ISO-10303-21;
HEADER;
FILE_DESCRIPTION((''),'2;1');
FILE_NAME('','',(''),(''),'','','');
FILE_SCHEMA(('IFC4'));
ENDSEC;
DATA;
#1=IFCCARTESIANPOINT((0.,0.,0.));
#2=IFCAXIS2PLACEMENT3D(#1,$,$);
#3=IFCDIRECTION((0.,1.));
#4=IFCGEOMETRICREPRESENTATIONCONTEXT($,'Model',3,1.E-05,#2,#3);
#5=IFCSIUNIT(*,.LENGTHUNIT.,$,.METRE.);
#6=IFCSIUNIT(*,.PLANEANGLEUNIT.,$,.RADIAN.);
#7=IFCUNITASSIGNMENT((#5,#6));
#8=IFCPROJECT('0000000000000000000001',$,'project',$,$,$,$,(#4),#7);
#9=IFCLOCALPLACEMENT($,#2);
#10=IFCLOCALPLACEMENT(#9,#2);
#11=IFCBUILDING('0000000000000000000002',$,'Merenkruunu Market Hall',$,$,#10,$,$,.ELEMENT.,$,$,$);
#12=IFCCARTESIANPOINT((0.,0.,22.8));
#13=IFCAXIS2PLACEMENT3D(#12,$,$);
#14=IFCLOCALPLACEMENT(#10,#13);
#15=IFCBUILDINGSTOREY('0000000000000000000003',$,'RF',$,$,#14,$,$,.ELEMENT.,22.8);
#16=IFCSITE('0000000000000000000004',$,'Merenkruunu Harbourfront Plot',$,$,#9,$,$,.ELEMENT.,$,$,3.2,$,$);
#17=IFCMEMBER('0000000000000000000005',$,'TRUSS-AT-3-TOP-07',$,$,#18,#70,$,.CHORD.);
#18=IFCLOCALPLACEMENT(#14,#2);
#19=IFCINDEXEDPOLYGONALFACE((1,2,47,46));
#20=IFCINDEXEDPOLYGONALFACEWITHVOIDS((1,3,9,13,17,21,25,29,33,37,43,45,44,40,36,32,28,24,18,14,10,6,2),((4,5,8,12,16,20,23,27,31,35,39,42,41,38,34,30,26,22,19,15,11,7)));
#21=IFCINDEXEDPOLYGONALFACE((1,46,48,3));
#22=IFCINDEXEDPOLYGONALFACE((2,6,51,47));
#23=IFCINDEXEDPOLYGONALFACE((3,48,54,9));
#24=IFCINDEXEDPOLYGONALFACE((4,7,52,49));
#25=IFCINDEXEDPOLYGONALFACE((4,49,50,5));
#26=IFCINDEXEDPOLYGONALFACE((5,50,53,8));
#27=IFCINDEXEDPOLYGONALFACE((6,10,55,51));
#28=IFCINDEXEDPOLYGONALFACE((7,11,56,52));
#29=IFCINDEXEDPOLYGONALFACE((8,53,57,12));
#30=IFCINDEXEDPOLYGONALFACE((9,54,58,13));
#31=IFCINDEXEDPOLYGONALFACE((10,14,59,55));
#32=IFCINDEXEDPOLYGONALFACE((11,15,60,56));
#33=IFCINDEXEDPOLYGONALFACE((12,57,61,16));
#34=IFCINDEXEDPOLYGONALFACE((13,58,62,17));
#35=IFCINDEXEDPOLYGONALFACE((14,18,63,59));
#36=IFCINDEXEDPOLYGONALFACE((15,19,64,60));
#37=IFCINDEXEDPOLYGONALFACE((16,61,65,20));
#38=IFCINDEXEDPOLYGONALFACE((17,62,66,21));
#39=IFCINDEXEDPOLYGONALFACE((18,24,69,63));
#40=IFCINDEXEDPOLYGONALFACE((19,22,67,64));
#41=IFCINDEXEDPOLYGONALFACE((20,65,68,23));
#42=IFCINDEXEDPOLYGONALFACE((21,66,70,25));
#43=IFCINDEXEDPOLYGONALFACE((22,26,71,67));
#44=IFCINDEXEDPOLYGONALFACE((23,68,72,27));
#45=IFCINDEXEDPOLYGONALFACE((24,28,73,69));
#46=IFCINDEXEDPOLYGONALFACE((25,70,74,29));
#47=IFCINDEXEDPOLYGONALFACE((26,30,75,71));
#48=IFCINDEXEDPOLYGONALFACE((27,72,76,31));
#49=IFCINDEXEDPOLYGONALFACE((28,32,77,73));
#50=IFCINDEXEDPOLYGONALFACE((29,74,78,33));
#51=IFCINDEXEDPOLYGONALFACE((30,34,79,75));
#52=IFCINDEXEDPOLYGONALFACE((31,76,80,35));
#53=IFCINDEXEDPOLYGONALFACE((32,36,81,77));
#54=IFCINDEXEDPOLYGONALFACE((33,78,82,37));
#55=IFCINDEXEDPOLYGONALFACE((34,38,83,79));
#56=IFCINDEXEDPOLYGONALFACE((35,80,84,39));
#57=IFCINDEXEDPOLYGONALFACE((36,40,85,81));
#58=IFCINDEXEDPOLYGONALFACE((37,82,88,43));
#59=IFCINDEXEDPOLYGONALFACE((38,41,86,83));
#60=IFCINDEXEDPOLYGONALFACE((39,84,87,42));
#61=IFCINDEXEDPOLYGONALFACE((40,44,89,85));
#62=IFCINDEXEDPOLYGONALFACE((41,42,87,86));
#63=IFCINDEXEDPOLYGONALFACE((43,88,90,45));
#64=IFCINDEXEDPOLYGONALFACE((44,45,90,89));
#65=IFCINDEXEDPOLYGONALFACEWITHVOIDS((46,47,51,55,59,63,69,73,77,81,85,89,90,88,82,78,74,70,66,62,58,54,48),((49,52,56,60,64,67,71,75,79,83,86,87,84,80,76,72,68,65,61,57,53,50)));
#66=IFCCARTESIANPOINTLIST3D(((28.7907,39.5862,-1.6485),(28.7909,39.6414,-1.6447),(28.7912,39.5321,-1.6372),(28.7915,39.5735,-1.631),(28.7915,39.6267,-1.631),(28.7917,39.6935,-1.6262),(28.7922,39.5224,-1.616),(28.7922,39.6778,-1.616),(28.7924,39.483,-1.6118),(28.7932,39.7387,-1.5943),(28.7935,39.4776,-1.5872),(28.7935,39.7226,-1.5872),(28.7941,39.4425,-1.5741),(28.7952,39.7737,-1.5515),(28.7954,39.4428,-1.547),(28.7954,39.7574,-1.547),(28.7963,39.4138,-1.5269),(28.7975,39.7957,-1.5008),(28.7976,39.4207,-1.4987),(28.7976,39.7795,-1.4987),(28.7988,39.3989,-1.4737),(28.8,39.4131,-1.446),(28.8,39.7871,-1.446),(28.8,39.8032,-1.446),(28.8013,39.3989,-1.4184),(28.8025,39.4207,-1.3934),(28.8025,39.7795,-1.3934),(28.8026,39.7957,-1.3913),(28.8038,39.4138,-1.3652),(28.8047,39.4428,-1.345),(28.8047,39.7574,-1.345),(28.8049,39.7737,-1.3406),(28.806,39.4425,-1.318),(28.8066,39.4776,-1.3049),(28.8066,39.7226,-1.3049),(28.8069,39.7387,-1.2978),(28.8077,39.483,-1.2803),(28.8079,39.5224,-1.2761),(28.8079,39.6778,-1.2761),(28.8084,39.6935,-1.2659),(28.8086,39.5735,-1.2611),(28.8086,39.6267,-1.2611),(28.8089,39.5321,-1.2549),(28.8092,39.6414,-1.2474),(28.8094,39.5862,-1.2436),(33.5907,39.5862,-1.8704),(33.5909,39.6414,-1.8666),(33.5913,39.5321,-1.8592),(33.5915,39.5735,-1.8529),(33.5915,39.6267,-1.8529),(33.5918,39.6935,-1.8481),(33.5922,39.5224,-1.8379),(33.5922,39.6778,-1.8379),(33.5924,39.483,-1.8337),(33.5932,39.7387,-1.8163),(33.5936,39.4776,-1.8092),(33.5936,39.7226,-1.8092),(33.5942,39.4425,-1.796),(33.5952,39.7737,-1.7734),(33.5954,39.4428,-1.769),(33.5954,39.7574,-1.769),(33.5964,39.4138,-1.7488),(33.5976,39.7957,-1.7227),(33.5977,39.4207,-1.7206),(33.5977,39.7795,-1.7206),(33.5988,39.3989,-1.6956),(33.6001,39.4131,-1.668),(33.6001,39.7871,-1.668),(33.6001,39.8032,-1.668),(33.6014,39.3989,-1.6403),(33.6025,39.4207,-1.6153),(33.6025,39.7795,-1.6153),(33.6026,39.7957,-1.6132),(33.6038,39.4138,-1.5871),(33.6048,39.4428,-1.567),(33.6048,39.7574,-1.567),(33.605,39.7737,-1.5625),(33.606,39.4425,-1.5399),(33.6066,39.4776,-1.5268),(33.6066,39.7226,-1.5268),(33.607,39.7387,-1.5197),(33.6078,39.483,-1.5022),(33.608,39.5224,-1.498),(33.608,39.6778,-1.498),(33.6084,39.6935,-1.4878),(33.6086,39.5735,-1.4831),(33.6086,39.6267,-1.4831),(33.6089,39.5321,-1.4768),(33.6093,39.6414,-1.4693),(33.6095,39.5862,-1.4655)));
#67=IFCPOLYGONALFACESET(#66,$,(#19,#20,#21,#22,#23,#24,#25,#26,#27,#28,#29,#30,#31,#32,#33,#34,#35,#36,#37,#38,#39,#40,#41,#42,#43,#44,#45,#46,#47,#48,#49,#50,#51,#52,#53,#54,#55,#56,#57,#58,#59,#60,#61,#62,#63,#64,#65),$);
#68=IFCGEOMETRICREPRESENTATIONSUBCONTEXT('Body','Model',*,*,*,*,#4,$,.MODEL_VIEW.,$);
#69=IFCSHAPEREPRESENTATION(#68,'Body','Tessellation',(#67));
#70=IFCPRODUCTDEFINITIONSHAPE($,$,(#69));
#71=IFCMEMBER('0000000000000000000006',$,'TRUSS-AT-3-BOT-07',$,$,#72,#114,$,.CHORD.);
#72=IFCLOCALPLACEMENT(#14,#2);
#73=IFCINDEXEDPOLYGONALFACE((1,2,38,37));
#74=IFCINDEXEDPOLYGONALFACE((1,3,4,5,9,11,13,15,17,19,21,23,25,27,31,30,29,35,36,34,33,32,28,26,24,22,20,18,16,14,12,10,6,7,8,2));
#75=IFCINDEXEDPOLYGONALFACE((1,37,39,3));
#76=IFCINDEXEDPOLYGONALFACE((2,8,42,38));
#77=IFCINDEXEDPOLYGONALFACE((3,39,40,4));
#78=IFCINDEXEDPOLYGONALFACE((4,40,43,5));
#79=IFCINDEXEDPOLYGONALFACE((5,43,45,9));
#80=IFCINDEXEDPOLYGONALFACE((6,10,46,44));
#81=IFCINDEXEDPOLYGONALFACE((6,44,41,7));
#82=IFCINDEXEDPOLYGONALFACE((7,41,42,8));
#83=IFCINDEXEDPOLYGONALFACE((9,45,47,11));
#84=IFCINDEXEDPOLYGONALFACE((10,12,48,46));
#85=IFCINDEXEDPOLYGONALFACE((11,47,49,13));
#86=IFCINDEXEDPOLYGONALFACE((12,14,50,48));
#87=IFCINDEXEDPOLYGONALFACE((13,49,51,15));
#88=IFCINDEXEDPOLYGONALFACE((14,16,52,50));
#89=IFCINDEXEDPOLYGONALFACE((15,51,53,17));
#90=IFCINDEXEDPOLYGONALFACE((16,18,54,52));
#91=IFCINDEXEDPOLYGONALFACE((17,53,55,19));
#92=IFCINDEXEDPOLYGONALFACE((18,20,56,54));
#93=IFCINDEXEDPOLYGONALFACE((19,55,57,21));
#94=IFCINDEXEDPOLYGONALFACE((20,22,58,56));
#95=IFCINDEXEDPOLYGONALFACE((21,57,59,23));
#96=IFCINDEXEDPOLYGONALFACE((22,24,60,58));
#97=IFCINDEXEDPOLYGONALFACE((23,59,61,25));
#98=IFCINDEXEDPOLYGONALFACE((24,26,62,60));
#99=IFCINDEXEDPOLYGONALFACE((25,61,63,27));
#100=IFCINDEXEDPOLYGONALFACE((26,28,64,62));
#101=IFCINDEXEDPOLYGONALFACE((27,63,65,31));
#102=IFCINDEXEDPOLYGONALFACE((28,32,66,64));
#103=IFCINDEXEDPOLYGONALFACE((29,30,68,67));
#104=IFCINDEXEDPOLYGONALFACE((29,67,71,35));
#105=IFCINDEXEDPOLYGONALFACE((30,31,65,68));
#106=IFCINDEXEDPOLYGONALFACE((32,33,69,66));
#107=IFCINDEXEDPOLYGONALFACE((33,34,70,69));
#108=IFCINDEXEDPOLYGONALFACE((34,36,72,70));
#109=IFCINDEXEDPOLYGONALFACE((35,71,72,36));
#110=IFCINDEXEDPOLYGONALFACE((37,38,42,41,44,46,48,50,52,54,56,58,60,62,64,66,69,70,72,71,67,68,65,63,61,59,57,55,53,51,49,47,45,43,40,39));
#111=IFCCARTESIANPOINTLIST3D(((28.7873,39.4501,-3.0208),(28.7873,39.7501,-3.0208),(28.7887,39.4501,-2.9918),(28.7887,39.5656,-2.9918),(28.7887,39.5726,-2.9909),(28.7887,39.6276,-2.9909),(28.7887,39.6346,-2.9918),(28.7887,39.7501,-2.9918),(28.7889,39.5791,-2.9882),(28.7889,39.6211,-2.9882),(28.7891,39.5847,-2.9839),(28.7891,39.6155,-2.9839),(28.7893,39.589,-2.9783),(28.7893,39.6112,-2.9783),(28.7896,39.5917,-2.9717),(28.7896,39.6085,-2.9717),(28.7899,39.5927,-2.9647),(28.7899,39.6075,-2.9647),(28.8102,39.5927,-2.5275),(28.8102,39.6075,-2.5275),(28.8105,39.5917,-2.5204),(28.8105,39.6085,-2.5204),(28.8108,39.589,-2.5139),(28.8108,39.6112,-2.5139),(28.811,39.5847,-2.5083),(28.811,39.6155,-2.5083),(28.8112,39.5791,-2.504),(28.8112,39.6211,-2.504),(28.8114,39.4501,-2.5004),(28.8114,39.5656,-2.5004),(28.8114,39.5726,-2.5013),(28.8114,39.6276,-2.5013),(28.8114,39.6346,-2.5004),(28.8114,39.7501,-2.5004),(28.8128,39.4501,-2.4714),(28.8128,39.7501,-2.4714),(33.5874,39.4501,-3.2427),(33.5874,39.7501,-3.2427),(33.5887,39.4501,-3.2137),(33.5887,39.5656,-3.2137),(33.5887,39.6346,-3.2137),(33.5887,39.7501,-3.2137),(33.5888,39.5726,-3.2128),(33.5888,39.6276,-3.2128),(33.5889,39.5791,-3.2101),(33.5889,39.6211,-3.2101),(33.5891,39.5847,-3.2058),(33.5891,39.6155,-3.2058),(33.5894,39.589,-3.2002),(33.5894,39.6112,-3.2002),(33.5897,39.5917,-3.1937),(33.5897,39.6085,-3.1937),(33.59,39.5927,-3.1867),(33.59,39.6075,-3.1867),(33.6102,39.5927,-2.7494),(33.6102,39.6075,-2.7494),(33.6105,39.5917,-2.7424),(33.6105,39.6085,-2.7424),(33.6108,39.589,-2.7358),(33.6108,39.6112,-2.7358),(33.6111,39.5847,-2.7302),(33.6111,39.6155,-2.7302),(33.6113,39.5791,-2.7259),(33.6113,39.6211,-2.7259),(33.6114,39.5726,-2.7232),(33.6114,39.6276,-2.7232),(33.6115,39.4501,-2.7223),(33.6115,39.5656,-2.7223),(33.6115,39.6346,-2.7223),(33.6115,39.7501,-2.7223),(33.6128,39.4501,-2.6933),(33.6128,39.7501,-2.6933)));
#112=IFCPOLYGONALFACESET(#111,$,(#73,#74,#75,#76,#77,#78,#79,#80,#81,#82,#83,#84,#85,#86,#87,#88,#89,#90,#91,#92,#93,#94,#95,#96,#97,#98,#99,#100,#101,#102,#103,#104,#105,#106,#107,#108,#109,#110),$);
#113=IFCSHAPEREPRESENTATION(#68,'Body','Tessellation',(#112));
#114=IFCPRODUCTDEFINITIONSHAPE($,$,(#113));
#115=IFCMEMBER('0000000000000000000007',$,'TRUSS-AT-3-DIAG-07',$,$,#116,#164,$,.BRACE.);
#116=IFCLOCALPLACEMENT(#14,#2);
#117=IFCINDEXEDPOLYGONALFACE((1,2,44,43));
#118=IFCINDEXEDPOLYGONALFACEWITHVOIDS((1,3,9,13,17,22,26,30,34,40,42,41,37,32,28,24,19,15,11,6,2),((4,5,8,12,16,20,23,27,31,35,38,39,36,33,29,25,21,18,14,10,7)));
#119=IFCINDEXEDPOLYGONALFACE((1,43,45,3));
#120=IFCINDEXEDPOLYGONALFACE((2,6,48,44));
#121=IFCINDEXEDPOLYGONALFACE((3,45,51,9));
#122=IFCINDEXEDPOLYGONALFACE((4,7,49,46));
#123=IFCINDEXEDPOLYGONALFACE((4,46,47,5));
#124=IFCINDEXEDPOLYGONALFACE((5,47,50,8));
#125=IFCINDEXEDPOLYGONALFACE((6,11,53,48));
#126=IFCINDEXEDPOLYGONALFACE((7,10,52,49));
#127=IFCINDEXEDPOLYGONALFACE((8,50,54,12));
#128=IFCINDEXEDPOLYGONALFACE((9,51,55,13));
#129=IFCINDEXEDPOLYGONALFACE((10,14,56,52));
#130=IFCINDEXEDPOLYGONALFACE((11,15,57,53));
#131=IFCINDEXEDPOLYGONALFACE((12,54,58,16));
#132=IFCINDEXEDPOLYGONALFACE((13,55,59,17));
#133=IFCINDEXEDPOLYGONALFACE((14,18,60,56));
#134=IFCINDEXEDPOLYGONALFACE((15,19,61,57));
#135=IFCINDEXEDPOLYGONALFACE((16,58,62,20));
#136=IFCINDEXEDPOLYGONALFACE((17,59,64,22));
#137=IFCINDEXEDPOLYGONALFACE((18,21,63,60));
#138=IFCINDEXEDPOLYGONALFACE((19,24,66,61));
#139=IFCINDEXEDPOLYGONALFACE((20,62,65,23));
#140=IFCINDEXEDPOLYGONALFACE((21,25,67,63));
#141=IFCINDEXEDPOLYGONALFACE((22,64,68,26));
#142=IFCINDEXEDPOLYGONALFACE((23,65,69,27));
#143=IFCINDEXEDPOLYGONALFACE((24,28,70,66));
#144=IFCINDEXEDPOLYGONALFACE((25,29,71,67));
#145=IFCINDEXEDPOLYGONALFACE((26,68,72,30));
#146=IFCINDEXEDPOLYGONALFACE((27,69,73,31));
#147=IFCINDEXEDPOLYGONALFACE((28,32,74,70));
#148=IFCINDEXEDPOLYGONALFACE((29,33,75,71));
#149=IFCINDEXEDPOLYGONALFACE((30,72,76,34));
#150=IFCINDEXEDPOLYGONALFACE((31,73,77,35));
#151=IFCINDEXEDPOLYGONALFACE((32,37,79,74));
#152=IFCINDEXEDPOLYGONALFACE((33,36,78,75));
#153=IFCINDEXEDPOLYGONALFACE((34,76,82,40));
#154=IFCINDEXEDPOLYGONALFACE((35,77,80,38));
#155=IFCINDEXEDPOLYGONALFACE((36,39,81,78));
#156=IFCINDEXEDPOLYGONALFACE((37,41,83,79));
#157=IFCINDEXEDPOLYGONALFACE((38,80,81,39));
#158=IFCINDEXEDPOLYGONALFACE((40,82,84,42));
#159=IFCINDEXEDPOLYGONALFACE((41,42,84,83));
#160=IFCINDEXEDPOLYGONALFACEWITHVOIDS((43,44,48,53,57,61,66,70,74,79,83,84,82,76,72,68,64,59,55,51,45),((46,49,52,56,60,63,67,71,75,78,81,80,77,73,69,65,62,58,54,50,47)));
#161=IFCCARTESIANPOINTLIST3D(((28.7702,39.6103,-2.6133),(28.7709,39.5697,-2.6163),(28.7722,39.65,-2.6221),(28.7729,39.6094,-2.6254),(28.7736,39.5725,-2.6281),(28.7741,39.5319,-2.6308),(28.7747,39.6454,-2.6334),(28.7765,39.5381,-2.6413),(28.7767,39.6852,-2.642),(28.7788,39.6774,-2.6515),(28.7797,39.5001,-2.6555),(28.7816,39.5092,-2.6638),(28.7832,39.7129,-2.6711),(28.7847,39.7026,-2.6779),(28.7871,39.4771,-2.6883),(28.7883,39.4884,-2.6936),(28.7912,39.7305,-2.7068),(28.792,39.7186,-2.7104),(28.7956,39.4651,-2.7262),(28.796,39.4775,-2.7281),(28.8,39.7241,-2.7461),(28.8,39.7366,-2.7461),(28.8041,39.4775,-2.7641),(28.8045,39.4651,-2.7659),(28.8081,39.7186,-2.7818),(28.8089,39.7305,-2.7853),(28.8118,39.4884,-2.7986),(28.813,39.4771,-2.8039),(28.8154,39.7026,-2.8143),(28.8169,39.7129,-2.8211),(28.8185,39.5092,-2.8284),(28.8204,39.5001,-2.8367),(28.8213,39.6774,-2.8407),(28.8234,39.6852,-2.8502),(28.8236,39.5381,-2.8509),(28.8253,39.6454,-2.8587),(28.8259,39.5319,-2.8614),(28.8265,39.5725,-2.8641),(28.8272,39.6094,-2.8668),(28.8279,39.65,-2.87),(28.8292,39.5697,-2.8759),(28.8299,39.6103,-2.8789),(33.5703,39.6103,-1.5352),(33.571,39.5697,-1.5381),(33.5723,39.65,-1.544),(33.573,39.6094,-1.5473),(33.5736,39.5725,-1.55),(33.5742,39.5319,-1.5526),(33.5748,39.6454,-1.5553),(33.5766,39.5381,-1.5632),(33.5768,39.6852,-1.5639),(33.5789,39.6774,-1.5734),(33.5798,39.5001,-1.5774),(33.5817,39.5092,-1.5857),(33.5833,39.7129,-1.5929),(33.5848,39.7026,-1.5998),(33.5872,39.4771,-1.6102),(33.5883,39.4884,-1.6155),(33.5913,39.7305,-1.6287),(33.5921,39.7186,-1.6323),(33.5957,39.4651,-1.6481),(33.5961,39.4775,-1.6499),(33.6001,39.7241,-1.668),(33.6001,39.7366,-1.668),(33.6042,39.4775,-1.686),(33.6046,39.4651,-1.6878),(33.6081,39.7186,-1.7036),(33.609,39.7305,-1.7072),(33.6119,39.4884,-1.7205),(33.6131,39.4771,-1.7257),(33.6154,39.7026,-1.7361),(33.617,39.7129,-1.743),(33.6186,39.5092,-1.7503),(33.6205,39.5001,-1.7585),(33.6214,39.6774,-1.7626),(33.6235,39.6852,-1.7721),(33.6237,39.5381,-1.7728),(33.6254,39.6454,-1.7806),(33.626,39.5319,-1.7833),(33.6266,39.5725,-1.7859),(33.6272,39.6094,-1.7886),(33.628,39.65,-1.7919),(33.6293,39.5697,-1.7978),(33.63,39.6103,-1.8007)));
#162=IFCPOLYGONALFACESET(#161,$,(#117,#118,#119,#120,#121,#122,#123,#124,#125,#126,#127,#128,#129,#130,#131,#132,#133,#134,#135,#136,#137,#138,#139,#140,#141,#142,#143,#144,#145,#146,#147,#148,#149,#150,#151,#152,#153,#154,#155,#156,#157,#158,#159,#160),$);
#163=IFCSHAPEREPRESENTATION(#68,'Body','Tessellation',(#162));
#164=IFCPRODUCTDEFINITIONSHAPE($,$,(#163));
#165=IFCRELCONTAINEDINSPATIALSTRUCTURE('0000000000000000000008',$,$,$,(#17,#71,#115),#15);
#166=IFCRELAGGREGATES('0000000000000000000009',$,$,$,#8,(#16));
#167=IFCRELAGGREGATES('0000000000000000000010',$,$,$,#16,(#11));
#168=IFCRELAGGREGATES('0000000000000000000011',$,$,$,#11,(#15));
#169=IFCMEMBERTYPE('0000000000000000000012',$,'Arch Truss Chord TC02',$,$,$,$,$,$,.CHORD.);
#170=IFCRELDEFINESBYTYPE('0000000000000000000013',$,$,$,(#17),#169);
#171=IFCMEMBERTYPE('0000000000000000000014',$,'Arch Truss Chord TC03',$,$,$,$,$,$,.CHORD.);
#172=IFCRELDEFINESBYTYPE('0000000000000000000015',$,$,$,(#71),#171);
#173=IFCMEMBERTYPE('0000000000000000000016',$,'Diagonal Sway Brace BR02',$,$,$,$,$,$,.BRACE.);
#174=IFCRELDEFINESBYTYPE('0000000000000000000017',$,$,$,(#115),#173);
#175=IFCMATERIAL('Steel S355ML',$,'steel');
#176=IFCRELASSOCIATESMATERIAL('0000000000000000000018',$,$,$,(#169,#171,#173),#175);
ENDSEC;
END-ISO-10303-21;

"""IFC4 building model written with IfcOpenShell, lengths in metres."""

from ifc_helpers import new_model, si_unit, direction, frame, origin, origin_2d, place, context, subcontext, project, spatial, hollow_circle, i_section, extrude, material, material_profile, profile_set, type_object, element, save


model = new_model("IFC4")

# Units and contexts
model_context = context("Model", 3, precision=1e-05, world=origin(), true_north=direction((0.0, 1.0)))
body_context = subcontext(model_context, "Body", "Model", "MODEL_VIEW")
ifc_project = project(units=[si_unit("LENGTHUNIT", "METRE"), si_unit("PLANEANGLEUNIT", "RADIAN")], contexts=[model_context])

# Site, building, storey
site_placement = place(None, origin())
site = spatial("IfcSite", under=ifc_project, at=site_placement, Name="Merenkruunu Harbourfront Plot", CompositionType="ELEMENT", RefElevation=3.2)
building_placement = place(site_placement, origin())
building = spatial("IfcBuilding", under=site, at=building_placement, Name="Merenkruunu Market Hall", CompositionType="ELEMENT")
storey_placement = place(building_placement, frame((0.0, 0.0, 22.8)))
storey = spatial("IfcBuildingStorey", under=building, at=storey_placement, Name="RF", CompositionType="ELEMENT", Elevation=22.8)

# Members
ifc_material_1 = material(Name="Steel S355ML", Category="steel")
ifc_material_profile_1 = material_profile(ifc_material_1, hollow_circle(Radius=0.2031, WallThickness=0.0161, at=origin_2d()), Name="CHS 406.4x16")
ifc_profile_set_1 = profile_set([ifc_material_profile_1], Name="Steel S355ML")
member_type_1 = type_object("IfcMemberType", Name="Arch Truss Chord TC02", PredefinedType="CHORD", material=ifc_profile_set_1)
member_1_placement = place(storey_placement, frame((28.8, 39.6001, -1.446), z_axis=(0.998933, 0.0, -0.046184), x_axis=(0.0, 1.0, 0.0)))
element("IfcMember", 1, at=member_1_placement, inside=storey, type_object=member_type_1, Name="TRUSS-AT-3-TOP-07", PredefinedType="CHORD", context=body_context, shape_type="SweptSolid", body=[
    extrude(hollow_circle(Radius=0.2031, WallThickness=0.0161, at=origin_2d()), origin(), (0.0, 0.0, 1.0), 4.8052),
])
ifc_material_profile_2 = material_profile(ifc_material_1, i_section(OverallWidth=0.3, OverallDepth=0.55, WebThickness=0.0149, FlangeThickness=0.0291, FilletRadius=0.0271, at=origin_2d()), Name="HEB 550")
ifc_profile_set_2 = profile_set([ifc_material_profile_2], Name="Steel S355ML")
member_type_2 = type_object("IfcMemberType", Name="Arch Truss Chord TC03", PredefinedType="CHORD", material=ifc_profile_set_2)
member_2_placement = place(storey_placement, frame((28.8, 39.6001, -2.7461), z_axis=(0.998933, 0.0, -0.046184), x_axis=(0.0, 1.0, 0.0)))
element("IfcMember", 2, at=member_2_placement, inside=storey, type_object=member_type_2, Name="TRUSS-AT-3-BOT-07", PredefinedType="CHORD", context=body_context, shape_type="SweptSolid", body=[
    extrude(i_section(OverallWidth=0.3, OverallDepth=0.55, WebThickness=0.0149, FlangeThickness=0.0291, FilletRadius=0.0271, at=origin_2d()), origin(), (0.0, 0.0, 1.0), 4.8052),
])
ifc_material_profile_3 = material_profile(ifc_material_1, hollow_circle(Radius=0.1365, WallThickness=0.0125, at=origin_2d()), Name="CHS 273x12.5")
ifc_profile_set_3 = profile_set([ifc_material_profile_3], Name="Steel S355ML")
member_type_3 = type_object("IfcMemberType", Name="Diagonal Sway Brace BR02", PredefinedType="BRACE", material=ifc_profile_set_3)
member_3_placement = place(storey_placement, frame((28.8, 39.6001, -2.7461), z_axis=(0.975692, 0.0, 0.219147), x_axis=(0.0, 1.0, 0.0)))
element("IfcMember", 3, at=member_3_placement, inside=storey, type_object=member_type_3, Name="TRUSS-AT-3-DIAG-07", PredefinedType="BRACE", context=body_context, shape_type="SweptSolid", body=[
    extrude(hollow_circle(Radius=0.1365, WallThickness=0.0125, at=origin_2d()), origin(), (0.0, 0.0, 1.0), 4.9197),
])

save(model, "model.ifc")
